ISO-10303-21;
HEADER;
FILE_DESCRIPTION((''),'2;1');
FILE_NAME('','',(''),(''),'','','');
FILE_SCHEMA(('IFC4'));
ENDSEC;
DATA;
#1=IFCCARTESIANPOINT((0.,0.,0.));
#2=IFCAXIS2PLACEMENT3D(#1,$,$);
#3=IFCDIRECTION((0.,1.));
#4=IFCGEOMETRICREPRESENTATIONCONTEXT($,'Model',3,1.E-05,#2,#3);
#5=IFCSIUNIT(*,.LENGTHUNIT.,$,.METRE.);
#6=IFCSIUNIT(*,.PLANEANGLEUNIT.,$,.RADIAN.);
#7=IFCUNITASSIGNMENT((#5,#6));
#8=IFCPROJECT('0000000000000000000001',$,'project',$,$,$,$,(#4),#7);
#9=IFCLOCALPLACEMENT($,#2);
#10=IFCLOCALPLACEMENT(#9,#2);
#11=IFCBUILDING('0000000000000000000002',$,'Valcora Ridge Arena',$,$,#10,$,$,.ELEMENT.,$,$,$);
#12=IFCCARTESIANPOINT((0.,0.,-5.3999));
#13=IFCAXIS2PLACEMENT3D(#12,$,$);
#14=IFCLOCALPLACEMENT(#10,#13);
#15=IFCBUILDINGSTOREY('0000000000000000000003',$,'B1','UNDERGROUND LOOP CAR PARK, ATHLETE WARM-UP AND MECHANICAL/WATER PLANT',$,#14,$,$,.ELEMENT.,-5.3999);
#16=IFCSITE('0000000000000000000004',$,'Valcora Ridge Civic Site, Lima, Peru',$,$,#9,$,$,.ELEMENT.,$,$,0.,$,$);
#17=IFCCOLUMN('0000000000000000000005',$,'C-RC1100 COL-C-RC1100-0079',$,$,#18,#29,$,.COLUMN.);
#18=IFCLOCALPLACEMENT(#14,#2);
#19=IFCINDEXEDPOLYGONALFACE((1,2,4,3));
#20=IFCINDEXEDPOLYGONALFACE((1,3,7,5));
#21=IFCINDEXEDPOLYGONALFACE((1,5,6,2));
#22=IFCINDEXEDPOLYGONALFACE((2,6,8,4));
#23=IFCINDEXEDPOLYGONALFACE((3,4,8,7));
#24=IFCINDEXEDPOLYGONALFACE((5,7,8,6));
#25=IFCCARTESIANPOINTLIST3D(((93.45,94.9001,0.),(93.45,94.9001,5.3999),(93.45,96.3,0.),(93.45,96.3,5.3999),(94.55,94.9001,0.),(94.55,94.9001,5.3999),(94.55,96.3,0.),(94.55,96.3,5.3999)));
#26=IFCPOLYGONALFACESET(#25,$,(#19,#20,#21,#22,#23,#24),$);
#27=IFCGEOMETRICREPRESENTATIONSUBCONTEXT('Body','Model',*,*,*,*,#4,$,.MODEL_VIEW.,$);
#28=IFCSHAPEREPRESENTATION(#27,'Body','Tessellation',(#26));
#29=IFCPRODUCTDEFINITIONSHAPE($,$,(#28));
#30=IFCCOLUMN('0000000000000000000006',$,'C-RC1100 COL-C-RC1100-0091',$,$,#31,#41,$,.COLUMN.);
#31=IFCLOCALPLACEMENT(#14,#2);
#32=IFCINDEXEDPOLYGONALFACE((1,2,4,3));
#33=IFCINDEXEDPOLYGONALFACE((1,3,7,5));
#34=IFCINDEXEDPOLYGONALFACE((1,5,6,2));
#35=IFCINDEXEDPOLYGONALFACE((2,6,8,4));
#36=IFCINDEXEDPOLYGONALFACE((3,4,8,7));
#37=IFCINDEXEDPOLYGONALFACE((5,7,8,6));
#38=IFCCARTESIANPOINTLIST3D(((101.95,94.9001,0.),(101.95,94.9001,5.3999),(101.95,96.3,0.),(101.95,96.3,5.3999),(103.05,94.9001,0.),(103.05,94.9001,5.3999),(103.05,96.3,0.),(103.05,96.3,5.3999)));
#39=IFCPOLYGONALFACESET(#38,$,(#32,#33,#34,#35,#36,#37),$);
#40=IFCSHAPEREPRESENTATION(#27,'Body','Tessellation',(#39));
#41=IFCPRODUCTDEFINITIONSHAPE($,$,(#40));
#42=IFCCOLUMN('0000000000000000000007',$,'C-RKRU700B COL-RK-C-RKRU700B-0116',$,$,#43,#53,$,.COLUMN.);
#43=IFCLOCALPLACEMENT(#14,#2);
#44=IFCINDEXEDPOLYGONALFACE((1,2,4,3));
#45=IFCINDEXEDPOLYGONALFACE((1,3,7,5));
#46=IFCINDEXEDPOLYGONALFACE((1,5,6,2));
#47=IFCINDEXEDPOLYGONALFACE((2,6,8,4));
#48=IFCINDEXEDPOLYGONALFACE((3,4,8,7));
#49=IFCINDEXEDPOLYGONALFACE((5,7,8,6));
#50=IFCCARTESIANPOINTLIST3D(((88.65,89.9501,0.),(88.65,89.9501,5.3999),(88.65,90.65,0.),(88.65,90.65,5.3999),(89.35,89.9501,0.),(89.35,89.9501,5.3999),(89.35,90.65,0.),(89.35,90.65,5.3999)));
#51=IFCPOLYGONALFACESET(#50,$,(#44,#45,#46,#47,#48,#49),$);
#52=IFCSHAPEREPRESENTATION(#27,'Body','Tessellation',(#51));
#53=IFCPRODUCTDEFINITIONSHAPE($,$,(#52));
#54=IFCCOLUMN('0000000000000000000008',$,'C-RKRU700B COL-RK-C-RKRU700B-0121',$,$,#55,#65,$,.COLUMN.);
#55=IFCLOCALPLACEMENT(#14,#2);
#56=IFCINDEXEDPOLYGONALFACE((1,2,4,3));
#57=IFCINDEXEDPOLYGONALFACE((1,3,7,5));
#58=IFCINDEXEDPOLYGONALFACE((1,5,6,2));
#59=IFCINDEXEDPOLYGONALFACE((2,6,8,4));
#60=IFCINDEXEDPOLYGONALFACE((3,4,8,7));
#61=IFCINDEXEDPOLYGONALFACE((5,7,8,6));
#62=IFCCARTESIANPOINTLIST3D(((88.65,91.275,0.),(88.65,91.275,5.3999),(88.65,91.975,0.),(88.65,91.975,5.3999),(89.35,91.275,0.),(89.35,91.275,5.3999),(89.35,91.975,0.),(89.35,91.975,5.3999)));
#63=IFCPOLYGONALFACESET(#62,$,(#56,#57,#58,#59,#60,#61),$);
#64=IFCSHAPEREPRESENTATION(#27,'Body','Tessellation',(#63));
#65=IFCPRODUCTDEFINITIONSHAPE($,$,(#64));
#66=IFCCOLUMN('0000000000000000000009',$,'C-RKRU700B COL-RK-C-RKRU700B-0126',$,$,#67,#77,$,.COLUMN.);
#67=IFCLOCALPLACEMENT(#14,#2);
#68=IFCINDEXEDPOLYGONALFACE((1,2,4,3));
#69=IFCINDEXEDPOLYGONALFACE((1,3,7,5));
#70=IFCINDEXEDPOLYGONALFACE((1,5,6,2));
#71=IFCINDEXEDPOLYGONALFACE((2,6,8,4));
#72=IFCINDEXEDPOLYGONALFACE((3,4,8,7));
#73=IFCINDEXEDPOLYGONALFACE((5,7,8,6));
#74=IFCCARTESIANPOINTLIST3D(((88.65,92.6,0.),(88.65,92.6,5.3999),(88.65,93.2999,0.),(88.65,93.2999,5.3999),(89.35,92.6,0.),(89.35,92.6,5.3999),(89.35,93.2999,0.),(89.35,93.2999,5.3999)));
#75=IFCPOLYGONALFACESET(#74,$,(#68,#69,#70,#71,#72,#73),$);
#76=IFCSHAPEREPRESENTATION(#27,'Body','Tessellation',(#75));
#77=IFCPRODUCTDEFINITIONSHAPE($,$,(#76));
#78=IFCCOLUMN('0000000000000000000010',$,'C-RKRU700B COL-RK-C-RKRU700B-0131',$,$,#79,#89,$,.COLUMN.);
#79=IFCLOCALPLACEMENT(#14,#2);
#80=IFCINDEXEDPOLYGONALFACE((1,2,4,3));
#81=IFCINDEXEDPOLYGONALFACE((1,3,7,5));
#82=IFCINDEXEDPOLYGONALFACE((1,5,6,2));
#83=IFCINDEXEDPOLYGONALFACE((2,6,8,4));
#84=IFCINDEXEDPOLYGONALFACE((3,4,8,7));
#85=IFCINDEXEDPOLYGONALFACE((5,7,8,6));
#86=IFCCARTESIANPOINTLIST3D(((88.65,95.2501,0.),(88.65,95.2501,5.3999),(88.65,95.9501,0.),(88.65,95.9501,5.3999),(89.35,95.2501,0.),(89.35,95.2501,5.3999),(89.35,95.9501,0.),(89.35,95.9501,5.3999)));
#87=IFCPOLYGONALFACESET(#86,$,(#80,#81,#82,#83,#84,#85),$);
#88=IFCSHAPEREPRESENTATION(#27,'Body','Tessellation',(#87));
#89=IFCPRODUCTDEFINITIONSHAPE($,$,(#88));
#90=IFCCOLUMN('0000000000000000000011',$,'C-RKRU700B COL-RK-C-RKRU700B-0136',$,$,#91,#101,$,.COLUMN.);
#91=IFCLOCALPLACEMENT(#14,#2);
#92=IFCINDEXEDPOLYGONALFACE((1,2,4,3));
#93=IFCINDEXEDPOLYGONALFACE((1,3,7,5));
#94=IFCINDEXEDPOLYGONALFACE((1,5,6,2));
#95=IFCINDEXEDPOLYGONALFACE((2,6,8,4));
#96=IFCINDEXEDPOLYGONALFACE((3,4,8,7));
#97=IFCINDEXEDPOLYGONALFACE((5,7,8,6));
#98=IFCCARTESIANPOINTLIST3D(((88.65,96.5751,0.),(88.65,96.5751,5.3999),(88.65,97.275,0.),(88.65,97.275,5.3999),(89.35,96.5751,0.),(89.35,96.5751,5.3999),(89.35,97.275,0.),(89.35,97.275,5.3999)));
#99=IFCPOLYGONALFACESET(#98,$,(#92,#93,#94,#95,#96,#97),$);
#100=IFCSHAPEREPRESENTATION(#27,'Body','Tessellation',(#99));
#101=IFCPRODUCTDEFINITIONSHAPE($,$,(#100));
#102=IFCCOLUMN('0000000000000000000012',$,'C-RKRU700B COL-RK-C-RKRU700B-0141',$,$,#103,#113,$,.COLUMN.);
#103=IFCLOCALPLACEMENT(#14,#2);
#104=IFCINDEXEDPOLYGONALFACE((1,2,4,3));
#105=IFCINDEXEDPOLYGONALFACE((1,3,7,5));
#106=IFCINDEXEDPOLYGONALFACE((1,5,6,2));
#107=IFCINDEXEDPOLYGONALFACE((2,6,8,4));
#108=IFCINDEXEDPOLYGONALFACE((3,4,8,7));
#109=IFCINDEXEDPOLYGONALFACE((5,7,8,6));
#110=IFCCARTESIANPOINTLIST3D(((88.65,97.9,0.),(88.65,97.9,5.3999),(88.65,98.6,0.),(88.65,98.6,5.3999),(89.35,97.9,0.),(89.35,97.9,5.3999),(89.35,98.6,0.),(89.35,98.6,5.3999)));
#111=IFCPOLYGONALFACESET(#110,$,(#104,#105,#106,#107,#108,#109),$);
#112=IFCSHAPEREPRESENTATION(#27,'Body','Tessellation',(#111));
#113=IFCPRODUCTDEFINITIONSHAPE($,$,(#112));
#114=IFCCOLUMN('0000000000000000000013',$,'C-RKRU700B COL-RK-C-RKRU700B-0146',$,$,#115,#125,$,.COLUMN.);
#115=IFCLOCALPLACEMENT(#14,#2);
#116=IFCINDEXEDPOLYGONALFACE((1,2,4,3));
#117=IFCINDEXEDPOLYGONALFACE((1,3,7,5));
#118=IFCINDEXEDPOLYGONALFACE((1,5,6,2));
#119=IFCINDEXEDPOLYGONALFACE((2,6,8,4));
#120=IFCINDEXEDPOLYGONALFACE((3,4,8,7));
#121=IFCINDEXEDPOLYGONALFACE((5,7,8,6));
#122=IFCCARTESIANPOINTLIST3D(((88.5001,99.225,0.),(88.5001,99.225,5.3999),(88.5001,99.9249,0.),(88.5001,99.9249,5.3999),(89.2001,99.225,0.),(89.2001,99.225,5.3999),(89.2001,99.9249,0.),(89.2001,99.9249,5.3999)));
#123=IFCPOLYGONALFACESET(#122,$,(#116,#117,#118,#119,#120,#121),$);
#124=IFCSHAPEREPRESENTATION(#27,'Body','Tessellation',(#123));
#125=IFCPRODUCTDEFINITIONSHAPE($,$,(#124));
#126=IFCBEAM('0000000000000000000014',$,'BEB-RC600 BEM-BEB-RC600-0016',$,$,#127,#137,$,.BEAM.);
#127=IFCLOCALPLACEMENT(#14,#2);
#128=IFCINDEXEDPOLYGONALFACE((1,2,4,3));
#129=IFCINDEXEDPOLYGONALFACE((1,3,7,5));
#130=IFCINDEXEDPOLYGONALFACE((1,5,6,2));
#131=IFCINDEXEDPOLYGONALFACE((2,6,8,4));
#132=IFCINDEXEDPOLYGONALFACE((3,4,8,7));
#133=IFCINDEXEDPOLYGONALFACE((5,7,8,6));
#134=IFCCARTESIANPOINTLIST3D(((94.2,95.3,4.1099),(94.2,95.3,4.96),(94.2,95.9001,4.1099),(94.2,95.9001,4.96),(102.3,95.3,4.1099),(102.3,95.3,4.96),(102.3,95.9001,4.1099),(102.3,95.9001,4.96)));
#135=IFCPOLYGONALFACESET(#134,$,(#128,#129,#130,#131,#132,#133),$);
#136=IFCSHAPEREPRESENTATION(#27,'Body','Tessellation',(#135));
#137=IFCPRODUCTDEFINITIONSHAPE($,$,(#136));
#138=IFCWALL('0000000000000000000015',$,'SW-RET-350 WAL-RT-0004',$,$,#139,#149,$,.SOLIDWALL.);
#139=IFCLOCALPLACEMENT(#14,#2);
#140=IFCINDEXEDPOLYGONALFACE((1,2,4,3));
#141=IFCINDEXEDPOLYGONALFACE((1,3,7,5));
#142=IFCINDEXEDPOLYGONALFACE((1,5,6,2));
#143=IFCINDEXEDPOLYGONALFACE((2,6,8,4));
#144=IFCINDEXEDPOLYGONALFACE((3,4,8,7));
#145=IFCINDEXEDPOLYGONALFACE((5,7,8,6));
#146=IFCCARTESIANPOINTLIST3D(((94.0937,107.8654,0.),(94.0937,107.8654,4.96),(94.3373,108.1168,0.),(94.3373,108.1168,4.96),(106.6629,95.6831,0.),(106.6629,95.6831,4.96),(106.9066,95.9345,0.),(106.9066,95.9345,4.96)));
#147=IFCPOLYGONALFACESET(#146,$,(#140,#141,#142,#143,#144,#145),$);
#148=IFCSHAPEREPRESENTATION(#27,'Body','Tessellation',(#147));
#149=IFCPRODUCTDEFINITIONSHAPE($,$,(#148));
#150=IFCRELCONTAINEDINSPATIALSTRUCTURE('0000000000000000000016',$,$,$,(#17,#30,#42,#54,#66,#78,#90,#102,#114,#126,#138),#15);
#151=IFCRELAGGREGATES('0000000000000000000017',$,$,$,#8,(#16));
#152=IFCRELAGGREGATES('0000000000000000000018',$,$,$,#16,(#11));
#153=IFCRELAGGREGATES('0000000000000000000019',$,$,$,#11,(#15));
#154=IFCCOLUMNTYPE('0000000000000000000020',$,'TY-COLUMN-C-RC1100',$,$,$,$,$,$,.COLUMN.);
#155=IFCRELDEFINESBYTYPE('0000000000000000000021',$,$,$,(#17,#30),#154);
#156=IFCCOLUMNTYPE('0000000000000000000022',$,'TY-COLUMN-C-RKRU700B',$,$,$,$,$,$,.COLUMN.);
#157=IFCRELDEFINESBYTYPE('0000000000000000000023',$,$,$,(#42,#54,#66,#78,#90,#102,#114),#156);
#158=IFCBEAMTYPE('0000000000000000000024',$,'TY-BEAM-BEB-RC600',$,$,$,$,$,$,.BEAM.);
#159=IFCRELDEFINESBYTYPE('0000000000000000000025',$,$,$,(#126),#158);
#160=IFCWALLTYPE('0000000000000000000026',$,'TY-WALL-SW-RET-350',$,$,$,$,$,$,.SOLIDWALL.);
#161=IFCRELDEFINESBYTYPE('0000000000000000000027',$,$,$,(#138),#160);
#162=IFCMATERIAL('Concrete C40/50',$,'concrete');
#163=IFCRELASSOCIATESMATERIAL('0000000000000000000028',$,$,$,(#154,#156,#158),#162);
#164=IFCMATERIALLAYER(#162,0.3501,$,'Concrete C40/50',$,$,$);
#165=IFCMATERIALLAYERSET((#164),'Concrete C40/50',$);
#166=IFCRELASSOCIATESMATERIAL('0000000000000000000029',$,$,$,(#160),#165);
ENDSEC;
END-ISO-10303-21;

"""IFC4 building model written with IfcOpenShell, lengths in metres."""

from ifc_helpers import new_model, si_unit, direction, frame, frame_2d, origin, origin_2d, place, context, subcontext, project, spatial, rectangle, extrude, material, layer, layer_set, material_profile, profile_set, type_object, element, save


model = new_model("IFC4")

# Units and contexts
model_context = context("Model", 3, precision=1e-05, world=origin(), true_north=direction((0.0, 1.0)))
body_context = subcontext(model_context, "Body", "Model", "MODEL_VIEW")
ifc_project = project(units=[si_unit("LENGTHUNIT", "METRE"), si_unit("PLANEANGLEUNIT", "RADIAN")], contexts=[model_context])

# Site, building, storey
site_placement = place(None, origin())
site = spatial("IfcSite", under=ifc_project, at=site_placement, Name="Valcora Ridge Civic Site, Lima, Peru", CompositionType="ELEMENT", RefElevation=0.0)
building_placement = place(site_placement, origin())
building = spatial("IfcBuilding", under=site, at=building_placement, Name="Valcora Ridge Arena", CompositionType="ELEMENT")
storey_placement = place(building_placement, frame((0.0, 0.0, -5.3999)))
storey = spatial("IfcBuildingStorey", under=building, at=storey_placement, Name="B1", Description="UNDERGROUND LOOP CAR PARK, ATHLETE WARM-UP AND MECHANICAL/WATER PLANT", CompositionType="ELEMENT", Elevation=-5.3999)

# Shared definitions
ifc_material_1 = material(Name="Concrete C40/50", Category="concrete")

# Columns
ifc_material_profile_1 = material_profile(ifc_material_1, rectangle(XDim=1.1001, YDim=1.3999, at=origin_2d()), Name="RC 1100x1400")
ifc_profile_set_1 = profile_set([ifc_material_profile_1], Name="Concrete C40/50")
column_type_1 = type_object("IfcColumnType", Name="TY-COLUMN-C-RC1100", PredefinedType="COLUMN", material=ifc_profile_set_1)
for number, where, z_axis, x_axis, name in (
    (1, (94.0, 95.6001, 0.0), (0.0, 0.0, 1.0), (1.0, 0.0, 0.0), "C-RC1100 COL-C-RC1100-0079"),
    (2, (102.5, 95.6001, 0.0), (0.0, 0.0, 1.0), (1.0, 0.0, 0.0), "C-RC1100 COL-C-RC1100-0091"),
):
    element("IfcColumn", number, at=place(storey_placement, frame(where, z_axis=z_axis, x_axis=x_axis)), inside=storey, type_object=column_type_1, Name=name, PredefinedType="COLUMN", context=body_context, shape_type="SweptSolid", body=[
        extrude(rectangle(XDim=1.1001, YDim=1.3999, at=origin_2d()), origin(), (0.0, 0.0, 1.0), 5.3999),
    ])
ifc_material_profile_2 = material_profile(ifc_material_1, rectangle(XDim=0.7, YDim=0.7, at=origin_2d()), Name="RC 700x700")
ifc_profile_set_2 = profile_set([ifc_material_profile_2], Name="Concrete C40/50")
column_type_2 = type_object("IfcColumnType", Name="TY-COLUMN-C-RKRU700B", PredefinedType="COLUMN", material=ifc_profile_set_2)
for number, where, z_axis, x_axis, name in (
    (3, (89.0, 90.3, 0.0), (0.0, 0.0, 1.0), (1.0, 0.0, 0.0), "C-RKRU700B COL-RK-C-RKRU700B-0116"),
    (4, (89.0, 91.625, 0.0), (0.0, 0.0, 1.0), (1.0, 0.0, 0.0), "C-RKRU700B COL-RK-C-RKRU700B-0121"),
    (5, (89.0, 92.95, 0.0), (0.0, 0.0, 1.0), (1.0, 0.0, 0.0), "C-RKRU700B COL-RK-C-RKRU700B-0126"),
    (6, (89.0, 95.6001, 0.0), (0.0, 0.0, 1.0), (1.0, 0.0, 0.0), "C-RKRU700B COL-RK-C-RKRU700B-0131"),
    (7, (89.0, 96.925, 0.0), (0.0, 0.0, 1.0), (1.0, 0.0, 0.0), "C-RKRU700B COL-RK-C-RKRU700B-0136"),
    (8, (89.0, 98.25, 0.0), (0.0, 0.0, 1.0), (1.0, 0.0, 0.0), "C-RKRU700B COL-RK-C-RKRU700B-0141"),
    (9, (88.8501, 99.575, 0.0), (0.0, 0.0, 1.0), (1.0, 0.0, 0.0), "C-RKRU700B COL-RK-C-RKRU700B-0146"),
):
    element("IfcColumn", number, at=place(storey_placement, frame(where, z_axis=z_axis, x_axis=x_axis)), inside=storey, type_object=column_type_2, Name=name, PredefinedType="COLUMN", context=body_context, shape_type="SweptSolid", body=[
        extrude(rectangle(XDim=0.7, YDim=0.7, at=origin_2d()), origin(), (0.0, 0.0, 1.0), 5.3999),
    ])

# Beam
ifc_material_profile_3 = material_profile(ifc_material_1, rectangle(XDim=0.6001, YDim=0.8501, at=origin_2d()), Name="RC 600x850")
ifc_profile_set_3 = profile_set([ifc_material_profile_3], Name="Concrete C40/50")
beam_type = type_object("IfcBeamType", Name="TY-BEAM-BEB-RC600", PredefinedType="BEAM", material=ifc_profile_set_3)
beam_placement = place(storey_placement, frame((94.2, 95.6001, 4.5349), z_axis=(1.0, 0.0, 0.0), x_axis=(0.0, 1.0, 0.0)))
element("IfcBeam", 10, at=beam_placement, inside=storey, type_object=beam_type, Name="BEB-RC600 BEM-BEB-RC600-0016", PredefinedType="BEAM", context=body_context, shape_type="SweptSolid", body=[
    extrude(rectangle(XDim=0.6001, YDim=0.8501, at=origin_2d()), origin(), (0.0, 0.0, 1.0), 8.1001),
])

# Wall
ifc_layer_1 = layer(ifc_material_1, 0.3501, Name="Concrete C40/50")
ifc_layer_set_1 = layer_set([ifc_layer_1], Name="Concrete C40/50")
wall_type = type_object("IfcWallType", Name="TY-WALL-SW-RET-350", PredefinedType="SOLIDWALL", material=ifc_layer_set_1)
wall_placement = place(storey_placement, frame((106.7847, 95.8088, 0.0), z_axis=(0.0, 0.0, 1.0), x_axis=(-0.718074, 0.695967, 0.0)))
element("IfcWall", 11, at=wall_placement, inside=storey, type_object=wall_type, Name="SW-RET-350 WAL-RT-0004", PredefinedType="SOLIDWALL", context=body_context, shape_type="SweptSolid", body=[
    extrude(rectangle(XDim=17.5042, YDim=0.3501, at=frame_2d((8.752, 0.0))), origin(), (0.0, 0.0, 1.0), 4.96),
])

save(model, "model.ifc")
